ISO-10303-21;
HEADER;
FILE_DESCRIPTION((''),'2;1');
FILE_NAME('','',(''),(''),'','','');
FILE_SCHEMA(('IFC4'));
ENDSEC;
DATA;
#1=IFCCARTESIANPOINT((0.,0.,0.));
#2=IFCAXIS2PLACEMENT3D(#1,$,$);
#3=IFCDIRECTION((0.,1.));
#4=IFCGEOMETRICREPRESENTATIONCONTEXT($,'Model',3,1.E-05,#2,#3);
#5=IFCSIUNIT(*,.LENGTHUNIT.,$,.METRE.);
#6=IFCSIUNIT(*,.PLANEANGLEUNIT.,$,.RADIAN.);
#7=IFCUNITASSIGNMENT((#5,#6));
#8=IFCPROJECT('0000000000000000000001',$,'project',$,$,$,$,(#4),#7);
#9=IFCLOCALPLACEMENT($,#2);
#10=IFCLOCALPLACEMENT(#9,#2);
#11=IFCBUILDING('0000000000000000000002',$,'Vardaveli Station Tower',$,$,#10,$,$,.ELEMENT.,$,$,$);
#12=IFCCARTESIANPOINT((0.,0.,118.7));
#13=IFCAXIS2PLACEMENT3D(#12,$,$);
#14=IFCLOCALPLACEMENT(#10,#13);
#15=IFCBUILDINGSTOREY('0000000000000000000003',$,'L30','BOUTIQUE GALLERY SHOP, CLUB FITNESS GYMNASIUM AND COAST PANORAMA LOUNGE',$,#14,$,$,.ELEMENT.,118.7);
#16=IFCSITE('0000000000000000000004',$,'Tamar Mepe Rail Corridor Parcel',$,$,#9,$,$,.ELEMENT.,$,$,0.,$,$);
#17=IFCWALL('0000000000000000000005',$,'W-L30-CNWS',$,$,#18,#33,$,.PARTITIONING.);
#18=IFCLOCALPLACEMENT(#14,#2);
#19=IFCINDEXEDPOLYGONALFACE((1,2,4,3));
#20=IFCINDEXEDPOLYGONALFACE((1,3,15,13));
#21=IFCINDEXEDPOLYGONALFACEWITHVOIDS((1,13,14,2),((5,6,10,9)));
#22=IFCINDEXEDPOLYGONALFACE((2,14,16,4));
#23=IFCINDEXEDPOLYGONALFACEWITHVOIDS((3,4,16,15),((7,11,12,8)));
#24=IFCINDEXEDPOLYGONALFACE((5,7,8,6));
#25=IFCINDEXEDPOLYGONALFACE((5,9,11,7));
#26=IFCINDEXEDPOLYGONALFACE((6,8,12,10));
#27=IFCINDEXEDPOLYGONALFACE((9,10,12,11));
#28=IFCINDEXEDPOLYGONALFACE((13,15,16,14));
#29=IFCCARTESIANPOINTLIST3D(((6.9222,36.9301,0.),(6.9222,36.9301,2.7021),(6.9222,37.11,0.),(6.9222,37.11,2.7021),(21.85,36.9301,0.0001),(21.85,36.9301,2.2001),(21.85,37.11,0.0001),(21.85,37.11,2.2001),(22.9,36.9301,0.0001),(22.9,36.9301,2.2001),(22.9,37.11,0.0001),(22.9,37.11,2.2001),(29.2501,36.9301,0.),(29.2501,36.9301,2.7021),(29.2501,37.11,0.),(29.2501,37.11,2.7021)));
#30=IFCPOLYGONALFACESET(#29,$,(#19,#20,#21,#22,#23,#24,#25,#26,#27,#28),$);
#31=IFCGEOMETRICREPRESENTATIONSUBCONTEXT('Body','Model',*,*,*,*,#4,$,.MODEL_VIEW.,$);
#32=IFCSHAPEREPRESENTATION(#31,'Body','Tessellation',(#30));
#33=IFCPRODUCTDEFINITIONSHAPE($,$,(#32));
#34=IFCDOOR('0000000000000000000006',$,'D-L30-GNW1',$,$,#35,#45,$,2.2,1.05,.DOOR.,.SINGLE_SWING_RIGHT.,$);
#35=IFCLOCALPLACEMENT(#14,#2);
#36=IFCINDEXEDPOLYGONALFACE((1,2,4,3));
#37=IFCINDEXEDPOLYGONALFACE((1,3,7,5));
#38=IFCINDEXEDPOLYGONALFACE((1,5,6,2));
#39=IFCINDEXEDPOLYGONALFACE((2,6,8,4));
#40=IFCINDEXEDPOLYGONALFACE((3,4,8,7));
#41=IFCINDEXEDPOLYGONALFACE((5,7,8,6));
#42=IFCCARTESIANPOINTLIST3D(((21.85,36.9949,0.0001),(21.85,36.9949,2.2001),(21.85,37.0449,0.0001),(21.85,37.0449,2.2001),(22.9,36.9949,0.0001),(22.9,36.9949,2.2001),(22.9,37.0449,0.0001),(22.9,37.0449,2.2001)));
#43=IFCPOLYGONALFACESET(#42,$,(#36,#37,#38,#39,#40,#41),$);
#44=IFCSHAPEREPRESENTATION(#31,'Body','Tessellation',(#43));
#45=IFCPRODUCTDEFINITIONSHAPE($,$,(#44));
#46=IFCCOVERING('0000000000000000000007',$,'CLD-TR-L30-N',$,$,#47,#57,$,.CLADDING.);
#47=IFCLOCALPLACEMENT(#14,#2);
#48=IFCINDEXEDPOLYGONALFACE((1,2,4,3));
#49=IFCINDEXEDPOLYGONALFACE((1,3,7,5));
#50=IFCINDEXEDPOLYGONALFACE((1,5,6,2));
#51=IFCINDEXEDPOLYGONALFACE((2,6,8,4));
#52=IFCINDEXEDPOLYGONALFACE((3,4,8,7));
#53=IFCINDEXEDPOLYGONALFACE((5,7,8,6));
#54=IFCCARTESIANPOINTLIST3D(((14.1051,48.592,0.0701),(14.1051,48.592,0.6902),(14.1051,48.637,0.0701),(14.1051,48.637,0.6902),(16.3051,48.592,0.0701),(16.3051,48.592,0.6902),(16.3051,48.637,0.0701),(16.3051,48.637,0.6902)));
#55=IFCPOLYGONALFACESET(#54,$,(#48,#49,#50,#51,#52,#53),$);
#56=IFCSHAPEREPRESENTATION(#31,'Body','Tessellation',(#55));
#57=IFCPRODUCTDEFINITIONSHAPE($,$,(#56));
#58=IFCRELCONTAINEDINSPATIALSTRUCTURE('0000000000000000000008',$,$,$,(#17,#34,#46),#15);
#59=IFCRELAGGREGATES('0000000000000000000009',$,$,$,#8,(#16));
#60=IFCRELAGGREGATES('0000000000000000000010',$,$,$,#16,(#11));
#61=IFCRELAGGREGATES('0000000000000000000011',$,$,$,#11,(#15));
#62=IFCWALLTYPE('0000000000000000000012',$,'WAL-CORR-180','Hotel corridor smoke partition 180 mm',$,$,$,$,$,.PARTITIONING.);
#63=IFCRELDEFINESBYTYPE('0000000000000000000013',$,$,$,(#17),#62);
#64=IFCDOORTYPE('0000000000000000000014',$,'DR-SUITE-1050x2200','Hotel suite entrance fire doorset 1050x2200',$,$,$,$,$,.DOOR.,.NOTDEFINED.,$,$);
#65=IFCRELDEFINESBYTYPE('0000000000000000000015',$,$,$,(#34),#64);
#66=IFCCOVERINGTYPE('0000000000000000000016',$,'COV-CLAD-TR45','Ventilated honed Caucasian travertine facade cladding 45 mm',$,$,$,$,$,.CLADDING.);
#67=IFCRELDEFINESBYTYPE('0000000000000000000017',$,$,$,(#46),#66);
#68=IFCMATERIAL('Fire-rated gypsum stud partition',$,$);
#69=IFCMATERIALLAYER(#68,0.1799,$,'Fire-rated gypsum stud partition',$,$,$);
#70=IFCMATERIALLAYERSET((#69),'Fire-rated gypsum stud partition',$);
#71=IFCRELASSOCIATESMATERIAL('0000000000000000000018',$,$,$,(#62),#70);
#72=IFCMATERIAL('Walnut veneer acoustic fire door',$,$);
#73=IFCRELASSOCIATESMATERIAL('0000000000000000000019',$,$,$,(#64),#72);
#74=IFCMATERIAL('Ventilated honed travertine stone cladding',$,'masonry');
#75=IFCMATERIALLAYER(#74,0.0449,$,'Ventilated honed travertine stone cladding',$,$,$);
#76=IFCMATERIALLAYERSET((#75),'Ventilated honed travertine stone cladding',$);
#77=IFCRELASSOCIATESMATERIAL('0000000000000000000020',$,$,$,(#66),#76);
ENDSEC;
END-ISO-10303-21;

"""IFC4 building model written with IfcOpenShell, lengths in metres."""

from ifc_helpers import new_model, si_unit, direction, frame, frame_2d, origin, origin_2d, place, context, subcontext, project, spatial, rectangle, extrude, source, transform, mapped, material, layer, layer_set, type_object, element, fill, save


model = new_model("IFC4")

# Units and contexts
model_context = context("Model", 3, precision=1e-05, world=origin(), true_north=direction((0.0, 1.0)))
body_context = subcontext(model_context, "Body", "Model", "MODEL_VIEW")
ifc_project = project(units=[si_unit("LENGTHUNIT", "METRE"), si_unit("PLANEANGLEUNIT", "RADIAN")], contexts=[model_context])

# Site, building, storey
site_placement = place(None, origin())
site = spatial("IfcSite", under=ifc_project, at=site_placement, Name="Tamar Mepe Rail Corridor Parcel", CompositionType="ELEMENT", RefElevation=0.0)
building_placement = place(site_placement, origin())
building = spatial("IfcBuilding", under=site, at=building_placement, Name="Vardaveli Station Tower", CompositionType="ELEMENT")
storey_placement = place(building_placement, frame((0.0, 0.0, 118.7)))
storey = spatial("IfcBuildingStorey", under=building, at=storey_placement, Name="L30", Description="BOUTIQUE GALLERY SHOP, CLUB FITNESS GYMNASIUM AND COAST PANORAMA LOUNGE", CompositionType="ELEMENT", Elevation=118.7)

# Wall, opening, door
ifc_material_1 = material(Name="Fire-rated gypsum stud partition")
ifc_layer_1 = layer(ifc_material_1, 0.1799, Name="Fire-rated gypsum stud partition")
ifc_layer_set_1 = layer_set([ifc_layer_1], Name="Fire-rated gypsum stud partition")
wall_type_1 = type_object("IfcWallType", Name="WAL-CORR-180", Description="Hotel corridor smoke partition 180 mm", PredefinedType="PARTITIONING", material=ifc_layer_set_1)
shared_shape_1 = source(origin(), body_context, "Body", "SweptSolid", [
    extrude(rectangle(XDim=22.3279, YDim=0.1799, at=frame_2d((11.1641, 0.0))), origin(), (0.0, 0.0, 1.0), 2.7021),
])
wall_1_placement = place(storey_placement, frame((6.9221, 37.02, 0.0), z_axis=(0.0, 0.0, 1.0), x_axis=(1.0, 0.0, 0.0)))
wall_1 = element("IfcWall", 1, at=wall_1_placement, inside=storey, type_object=wall_type_1, Name="W-L30-CNWS", PredefinedType="PARTITIONING", context=body_context, shape_type="MappedRepresentation", body=[
    mapped(shared_shape_1, transform((0.0, 0.0, 0.0), scale=1.0)),
])
shared_shape_2 = source(origin(), body_context, "Body", "SweptSolid", [
    extrude(rectangle(XDim=1.05, YDim=2.2, at=frame_2d((0.5249, 1.1001))), frame((0.0, 0.1001, 0.0), z_axis=(0.0, -1.0, 0.0), x_axis=(1.0, 0.0, 0.0)), (0.0, 0.0, 1.0), 0.2),
])
opening_1_placement = place(wall_1_placement, frame((14.928, 0.0, 0.0)))
opening_1 = element("IfcOpeningElement", 2, at=opening_1_placement, cuts=wall_1, PredefinedType="OPENING", context=body_context, shape_type="MappedRepresentation", body=[
    mapped(shared_shape_2, transform((0.0, 0.0, 0.0), scale=1.0)),
])
ifc_material_2 = material(Name="Walnut veneer acoustic fire door")
door_type_1 = type_object("IfcDoorType", Name="DR-SUITE-1050x2200", Description="Hotel suite entrance fire doorset 1050x2200", OperationType="NOTDEFINED", PredefinedType="DOOR", material=ifc_material_2)
shared_shape_3 = source(origin(), body_context, "Body", "SweptSolid", [
    extrude(rectangle(XDim=1.05, YDim=2.2, at=frame_2d((0.5249, 1.1001))), frame((0.0, 0.0249, 0.0), z_axis=(0.0, -1.0, 0.0), x_axis=(1.0, 0.0, 0.0)), (0.0, 0.0, 1.0), 0.05),
])
door_1_placement = place(opening_1_placement, origin())
door_1 = element("IfcDoor", 3, at=door_1_placement, inside=storey, type_object=door_type_1, Name="D-L30-GNW1", OperationType="SINGLE_SWING_RIGHT", OverallHeight=2.2, OverallWidth=1.05, PredefinedType="DOOR", context=body_context, shape_type="MappedRepresentation", body=[
    mapped(shared_shape_3, transform((0.0, 0.0, 0.0), scale=1.0)),
])
fill(opening_1, door_1)

# Covering
ifc_material_3 = material(Name="Ventilated honed travertine stone cladding", Category="masonry")
ifc_layer_2 = layer(ifc_material_3, 0.0449, Name="Ventilated honed travertine stone cladding")
ifc_layer_set_2 = layer_set([ifc_layer_2], Name="Ventilated honed travertine stone cladding")
covering_type = type_object("IfcCoveringType", Name="COV-CLAD-TR45", Description="Ventilated honed Caucasian travertine facade cladding 45 mm", PredefinedType="CLADDING", material=ifc_layer_set_2)
shared_shape_4 = source(origin(), body_context, "Body", "SweptSolid", [
    extrude(rectangle(XDim=2.2, YDim=0.0449, at=origin_2d()), origin(), (0.0, 0.0, 1.0), 0.6201),
])
covering_placement = place(storey_placement, frame((15.2051, 48.6145, 0.0701), z_axis=(0.0, 0.0, 1.0), x_axis=(1.0, 0.0, 0.0)))
element("IfcCovering", 4, at=covering_placement, inside=storey, type_object=covering_type, Name="CLD-TR-L30-N", PredefinedType="CLADDING", context=body_context, shape_type="MappedRepresentation", body=[
    mapped(shared_shape_4, transform((0.0, 0.0, 0.0), scale=1.0)),
])

save(model, "model.ifc")
